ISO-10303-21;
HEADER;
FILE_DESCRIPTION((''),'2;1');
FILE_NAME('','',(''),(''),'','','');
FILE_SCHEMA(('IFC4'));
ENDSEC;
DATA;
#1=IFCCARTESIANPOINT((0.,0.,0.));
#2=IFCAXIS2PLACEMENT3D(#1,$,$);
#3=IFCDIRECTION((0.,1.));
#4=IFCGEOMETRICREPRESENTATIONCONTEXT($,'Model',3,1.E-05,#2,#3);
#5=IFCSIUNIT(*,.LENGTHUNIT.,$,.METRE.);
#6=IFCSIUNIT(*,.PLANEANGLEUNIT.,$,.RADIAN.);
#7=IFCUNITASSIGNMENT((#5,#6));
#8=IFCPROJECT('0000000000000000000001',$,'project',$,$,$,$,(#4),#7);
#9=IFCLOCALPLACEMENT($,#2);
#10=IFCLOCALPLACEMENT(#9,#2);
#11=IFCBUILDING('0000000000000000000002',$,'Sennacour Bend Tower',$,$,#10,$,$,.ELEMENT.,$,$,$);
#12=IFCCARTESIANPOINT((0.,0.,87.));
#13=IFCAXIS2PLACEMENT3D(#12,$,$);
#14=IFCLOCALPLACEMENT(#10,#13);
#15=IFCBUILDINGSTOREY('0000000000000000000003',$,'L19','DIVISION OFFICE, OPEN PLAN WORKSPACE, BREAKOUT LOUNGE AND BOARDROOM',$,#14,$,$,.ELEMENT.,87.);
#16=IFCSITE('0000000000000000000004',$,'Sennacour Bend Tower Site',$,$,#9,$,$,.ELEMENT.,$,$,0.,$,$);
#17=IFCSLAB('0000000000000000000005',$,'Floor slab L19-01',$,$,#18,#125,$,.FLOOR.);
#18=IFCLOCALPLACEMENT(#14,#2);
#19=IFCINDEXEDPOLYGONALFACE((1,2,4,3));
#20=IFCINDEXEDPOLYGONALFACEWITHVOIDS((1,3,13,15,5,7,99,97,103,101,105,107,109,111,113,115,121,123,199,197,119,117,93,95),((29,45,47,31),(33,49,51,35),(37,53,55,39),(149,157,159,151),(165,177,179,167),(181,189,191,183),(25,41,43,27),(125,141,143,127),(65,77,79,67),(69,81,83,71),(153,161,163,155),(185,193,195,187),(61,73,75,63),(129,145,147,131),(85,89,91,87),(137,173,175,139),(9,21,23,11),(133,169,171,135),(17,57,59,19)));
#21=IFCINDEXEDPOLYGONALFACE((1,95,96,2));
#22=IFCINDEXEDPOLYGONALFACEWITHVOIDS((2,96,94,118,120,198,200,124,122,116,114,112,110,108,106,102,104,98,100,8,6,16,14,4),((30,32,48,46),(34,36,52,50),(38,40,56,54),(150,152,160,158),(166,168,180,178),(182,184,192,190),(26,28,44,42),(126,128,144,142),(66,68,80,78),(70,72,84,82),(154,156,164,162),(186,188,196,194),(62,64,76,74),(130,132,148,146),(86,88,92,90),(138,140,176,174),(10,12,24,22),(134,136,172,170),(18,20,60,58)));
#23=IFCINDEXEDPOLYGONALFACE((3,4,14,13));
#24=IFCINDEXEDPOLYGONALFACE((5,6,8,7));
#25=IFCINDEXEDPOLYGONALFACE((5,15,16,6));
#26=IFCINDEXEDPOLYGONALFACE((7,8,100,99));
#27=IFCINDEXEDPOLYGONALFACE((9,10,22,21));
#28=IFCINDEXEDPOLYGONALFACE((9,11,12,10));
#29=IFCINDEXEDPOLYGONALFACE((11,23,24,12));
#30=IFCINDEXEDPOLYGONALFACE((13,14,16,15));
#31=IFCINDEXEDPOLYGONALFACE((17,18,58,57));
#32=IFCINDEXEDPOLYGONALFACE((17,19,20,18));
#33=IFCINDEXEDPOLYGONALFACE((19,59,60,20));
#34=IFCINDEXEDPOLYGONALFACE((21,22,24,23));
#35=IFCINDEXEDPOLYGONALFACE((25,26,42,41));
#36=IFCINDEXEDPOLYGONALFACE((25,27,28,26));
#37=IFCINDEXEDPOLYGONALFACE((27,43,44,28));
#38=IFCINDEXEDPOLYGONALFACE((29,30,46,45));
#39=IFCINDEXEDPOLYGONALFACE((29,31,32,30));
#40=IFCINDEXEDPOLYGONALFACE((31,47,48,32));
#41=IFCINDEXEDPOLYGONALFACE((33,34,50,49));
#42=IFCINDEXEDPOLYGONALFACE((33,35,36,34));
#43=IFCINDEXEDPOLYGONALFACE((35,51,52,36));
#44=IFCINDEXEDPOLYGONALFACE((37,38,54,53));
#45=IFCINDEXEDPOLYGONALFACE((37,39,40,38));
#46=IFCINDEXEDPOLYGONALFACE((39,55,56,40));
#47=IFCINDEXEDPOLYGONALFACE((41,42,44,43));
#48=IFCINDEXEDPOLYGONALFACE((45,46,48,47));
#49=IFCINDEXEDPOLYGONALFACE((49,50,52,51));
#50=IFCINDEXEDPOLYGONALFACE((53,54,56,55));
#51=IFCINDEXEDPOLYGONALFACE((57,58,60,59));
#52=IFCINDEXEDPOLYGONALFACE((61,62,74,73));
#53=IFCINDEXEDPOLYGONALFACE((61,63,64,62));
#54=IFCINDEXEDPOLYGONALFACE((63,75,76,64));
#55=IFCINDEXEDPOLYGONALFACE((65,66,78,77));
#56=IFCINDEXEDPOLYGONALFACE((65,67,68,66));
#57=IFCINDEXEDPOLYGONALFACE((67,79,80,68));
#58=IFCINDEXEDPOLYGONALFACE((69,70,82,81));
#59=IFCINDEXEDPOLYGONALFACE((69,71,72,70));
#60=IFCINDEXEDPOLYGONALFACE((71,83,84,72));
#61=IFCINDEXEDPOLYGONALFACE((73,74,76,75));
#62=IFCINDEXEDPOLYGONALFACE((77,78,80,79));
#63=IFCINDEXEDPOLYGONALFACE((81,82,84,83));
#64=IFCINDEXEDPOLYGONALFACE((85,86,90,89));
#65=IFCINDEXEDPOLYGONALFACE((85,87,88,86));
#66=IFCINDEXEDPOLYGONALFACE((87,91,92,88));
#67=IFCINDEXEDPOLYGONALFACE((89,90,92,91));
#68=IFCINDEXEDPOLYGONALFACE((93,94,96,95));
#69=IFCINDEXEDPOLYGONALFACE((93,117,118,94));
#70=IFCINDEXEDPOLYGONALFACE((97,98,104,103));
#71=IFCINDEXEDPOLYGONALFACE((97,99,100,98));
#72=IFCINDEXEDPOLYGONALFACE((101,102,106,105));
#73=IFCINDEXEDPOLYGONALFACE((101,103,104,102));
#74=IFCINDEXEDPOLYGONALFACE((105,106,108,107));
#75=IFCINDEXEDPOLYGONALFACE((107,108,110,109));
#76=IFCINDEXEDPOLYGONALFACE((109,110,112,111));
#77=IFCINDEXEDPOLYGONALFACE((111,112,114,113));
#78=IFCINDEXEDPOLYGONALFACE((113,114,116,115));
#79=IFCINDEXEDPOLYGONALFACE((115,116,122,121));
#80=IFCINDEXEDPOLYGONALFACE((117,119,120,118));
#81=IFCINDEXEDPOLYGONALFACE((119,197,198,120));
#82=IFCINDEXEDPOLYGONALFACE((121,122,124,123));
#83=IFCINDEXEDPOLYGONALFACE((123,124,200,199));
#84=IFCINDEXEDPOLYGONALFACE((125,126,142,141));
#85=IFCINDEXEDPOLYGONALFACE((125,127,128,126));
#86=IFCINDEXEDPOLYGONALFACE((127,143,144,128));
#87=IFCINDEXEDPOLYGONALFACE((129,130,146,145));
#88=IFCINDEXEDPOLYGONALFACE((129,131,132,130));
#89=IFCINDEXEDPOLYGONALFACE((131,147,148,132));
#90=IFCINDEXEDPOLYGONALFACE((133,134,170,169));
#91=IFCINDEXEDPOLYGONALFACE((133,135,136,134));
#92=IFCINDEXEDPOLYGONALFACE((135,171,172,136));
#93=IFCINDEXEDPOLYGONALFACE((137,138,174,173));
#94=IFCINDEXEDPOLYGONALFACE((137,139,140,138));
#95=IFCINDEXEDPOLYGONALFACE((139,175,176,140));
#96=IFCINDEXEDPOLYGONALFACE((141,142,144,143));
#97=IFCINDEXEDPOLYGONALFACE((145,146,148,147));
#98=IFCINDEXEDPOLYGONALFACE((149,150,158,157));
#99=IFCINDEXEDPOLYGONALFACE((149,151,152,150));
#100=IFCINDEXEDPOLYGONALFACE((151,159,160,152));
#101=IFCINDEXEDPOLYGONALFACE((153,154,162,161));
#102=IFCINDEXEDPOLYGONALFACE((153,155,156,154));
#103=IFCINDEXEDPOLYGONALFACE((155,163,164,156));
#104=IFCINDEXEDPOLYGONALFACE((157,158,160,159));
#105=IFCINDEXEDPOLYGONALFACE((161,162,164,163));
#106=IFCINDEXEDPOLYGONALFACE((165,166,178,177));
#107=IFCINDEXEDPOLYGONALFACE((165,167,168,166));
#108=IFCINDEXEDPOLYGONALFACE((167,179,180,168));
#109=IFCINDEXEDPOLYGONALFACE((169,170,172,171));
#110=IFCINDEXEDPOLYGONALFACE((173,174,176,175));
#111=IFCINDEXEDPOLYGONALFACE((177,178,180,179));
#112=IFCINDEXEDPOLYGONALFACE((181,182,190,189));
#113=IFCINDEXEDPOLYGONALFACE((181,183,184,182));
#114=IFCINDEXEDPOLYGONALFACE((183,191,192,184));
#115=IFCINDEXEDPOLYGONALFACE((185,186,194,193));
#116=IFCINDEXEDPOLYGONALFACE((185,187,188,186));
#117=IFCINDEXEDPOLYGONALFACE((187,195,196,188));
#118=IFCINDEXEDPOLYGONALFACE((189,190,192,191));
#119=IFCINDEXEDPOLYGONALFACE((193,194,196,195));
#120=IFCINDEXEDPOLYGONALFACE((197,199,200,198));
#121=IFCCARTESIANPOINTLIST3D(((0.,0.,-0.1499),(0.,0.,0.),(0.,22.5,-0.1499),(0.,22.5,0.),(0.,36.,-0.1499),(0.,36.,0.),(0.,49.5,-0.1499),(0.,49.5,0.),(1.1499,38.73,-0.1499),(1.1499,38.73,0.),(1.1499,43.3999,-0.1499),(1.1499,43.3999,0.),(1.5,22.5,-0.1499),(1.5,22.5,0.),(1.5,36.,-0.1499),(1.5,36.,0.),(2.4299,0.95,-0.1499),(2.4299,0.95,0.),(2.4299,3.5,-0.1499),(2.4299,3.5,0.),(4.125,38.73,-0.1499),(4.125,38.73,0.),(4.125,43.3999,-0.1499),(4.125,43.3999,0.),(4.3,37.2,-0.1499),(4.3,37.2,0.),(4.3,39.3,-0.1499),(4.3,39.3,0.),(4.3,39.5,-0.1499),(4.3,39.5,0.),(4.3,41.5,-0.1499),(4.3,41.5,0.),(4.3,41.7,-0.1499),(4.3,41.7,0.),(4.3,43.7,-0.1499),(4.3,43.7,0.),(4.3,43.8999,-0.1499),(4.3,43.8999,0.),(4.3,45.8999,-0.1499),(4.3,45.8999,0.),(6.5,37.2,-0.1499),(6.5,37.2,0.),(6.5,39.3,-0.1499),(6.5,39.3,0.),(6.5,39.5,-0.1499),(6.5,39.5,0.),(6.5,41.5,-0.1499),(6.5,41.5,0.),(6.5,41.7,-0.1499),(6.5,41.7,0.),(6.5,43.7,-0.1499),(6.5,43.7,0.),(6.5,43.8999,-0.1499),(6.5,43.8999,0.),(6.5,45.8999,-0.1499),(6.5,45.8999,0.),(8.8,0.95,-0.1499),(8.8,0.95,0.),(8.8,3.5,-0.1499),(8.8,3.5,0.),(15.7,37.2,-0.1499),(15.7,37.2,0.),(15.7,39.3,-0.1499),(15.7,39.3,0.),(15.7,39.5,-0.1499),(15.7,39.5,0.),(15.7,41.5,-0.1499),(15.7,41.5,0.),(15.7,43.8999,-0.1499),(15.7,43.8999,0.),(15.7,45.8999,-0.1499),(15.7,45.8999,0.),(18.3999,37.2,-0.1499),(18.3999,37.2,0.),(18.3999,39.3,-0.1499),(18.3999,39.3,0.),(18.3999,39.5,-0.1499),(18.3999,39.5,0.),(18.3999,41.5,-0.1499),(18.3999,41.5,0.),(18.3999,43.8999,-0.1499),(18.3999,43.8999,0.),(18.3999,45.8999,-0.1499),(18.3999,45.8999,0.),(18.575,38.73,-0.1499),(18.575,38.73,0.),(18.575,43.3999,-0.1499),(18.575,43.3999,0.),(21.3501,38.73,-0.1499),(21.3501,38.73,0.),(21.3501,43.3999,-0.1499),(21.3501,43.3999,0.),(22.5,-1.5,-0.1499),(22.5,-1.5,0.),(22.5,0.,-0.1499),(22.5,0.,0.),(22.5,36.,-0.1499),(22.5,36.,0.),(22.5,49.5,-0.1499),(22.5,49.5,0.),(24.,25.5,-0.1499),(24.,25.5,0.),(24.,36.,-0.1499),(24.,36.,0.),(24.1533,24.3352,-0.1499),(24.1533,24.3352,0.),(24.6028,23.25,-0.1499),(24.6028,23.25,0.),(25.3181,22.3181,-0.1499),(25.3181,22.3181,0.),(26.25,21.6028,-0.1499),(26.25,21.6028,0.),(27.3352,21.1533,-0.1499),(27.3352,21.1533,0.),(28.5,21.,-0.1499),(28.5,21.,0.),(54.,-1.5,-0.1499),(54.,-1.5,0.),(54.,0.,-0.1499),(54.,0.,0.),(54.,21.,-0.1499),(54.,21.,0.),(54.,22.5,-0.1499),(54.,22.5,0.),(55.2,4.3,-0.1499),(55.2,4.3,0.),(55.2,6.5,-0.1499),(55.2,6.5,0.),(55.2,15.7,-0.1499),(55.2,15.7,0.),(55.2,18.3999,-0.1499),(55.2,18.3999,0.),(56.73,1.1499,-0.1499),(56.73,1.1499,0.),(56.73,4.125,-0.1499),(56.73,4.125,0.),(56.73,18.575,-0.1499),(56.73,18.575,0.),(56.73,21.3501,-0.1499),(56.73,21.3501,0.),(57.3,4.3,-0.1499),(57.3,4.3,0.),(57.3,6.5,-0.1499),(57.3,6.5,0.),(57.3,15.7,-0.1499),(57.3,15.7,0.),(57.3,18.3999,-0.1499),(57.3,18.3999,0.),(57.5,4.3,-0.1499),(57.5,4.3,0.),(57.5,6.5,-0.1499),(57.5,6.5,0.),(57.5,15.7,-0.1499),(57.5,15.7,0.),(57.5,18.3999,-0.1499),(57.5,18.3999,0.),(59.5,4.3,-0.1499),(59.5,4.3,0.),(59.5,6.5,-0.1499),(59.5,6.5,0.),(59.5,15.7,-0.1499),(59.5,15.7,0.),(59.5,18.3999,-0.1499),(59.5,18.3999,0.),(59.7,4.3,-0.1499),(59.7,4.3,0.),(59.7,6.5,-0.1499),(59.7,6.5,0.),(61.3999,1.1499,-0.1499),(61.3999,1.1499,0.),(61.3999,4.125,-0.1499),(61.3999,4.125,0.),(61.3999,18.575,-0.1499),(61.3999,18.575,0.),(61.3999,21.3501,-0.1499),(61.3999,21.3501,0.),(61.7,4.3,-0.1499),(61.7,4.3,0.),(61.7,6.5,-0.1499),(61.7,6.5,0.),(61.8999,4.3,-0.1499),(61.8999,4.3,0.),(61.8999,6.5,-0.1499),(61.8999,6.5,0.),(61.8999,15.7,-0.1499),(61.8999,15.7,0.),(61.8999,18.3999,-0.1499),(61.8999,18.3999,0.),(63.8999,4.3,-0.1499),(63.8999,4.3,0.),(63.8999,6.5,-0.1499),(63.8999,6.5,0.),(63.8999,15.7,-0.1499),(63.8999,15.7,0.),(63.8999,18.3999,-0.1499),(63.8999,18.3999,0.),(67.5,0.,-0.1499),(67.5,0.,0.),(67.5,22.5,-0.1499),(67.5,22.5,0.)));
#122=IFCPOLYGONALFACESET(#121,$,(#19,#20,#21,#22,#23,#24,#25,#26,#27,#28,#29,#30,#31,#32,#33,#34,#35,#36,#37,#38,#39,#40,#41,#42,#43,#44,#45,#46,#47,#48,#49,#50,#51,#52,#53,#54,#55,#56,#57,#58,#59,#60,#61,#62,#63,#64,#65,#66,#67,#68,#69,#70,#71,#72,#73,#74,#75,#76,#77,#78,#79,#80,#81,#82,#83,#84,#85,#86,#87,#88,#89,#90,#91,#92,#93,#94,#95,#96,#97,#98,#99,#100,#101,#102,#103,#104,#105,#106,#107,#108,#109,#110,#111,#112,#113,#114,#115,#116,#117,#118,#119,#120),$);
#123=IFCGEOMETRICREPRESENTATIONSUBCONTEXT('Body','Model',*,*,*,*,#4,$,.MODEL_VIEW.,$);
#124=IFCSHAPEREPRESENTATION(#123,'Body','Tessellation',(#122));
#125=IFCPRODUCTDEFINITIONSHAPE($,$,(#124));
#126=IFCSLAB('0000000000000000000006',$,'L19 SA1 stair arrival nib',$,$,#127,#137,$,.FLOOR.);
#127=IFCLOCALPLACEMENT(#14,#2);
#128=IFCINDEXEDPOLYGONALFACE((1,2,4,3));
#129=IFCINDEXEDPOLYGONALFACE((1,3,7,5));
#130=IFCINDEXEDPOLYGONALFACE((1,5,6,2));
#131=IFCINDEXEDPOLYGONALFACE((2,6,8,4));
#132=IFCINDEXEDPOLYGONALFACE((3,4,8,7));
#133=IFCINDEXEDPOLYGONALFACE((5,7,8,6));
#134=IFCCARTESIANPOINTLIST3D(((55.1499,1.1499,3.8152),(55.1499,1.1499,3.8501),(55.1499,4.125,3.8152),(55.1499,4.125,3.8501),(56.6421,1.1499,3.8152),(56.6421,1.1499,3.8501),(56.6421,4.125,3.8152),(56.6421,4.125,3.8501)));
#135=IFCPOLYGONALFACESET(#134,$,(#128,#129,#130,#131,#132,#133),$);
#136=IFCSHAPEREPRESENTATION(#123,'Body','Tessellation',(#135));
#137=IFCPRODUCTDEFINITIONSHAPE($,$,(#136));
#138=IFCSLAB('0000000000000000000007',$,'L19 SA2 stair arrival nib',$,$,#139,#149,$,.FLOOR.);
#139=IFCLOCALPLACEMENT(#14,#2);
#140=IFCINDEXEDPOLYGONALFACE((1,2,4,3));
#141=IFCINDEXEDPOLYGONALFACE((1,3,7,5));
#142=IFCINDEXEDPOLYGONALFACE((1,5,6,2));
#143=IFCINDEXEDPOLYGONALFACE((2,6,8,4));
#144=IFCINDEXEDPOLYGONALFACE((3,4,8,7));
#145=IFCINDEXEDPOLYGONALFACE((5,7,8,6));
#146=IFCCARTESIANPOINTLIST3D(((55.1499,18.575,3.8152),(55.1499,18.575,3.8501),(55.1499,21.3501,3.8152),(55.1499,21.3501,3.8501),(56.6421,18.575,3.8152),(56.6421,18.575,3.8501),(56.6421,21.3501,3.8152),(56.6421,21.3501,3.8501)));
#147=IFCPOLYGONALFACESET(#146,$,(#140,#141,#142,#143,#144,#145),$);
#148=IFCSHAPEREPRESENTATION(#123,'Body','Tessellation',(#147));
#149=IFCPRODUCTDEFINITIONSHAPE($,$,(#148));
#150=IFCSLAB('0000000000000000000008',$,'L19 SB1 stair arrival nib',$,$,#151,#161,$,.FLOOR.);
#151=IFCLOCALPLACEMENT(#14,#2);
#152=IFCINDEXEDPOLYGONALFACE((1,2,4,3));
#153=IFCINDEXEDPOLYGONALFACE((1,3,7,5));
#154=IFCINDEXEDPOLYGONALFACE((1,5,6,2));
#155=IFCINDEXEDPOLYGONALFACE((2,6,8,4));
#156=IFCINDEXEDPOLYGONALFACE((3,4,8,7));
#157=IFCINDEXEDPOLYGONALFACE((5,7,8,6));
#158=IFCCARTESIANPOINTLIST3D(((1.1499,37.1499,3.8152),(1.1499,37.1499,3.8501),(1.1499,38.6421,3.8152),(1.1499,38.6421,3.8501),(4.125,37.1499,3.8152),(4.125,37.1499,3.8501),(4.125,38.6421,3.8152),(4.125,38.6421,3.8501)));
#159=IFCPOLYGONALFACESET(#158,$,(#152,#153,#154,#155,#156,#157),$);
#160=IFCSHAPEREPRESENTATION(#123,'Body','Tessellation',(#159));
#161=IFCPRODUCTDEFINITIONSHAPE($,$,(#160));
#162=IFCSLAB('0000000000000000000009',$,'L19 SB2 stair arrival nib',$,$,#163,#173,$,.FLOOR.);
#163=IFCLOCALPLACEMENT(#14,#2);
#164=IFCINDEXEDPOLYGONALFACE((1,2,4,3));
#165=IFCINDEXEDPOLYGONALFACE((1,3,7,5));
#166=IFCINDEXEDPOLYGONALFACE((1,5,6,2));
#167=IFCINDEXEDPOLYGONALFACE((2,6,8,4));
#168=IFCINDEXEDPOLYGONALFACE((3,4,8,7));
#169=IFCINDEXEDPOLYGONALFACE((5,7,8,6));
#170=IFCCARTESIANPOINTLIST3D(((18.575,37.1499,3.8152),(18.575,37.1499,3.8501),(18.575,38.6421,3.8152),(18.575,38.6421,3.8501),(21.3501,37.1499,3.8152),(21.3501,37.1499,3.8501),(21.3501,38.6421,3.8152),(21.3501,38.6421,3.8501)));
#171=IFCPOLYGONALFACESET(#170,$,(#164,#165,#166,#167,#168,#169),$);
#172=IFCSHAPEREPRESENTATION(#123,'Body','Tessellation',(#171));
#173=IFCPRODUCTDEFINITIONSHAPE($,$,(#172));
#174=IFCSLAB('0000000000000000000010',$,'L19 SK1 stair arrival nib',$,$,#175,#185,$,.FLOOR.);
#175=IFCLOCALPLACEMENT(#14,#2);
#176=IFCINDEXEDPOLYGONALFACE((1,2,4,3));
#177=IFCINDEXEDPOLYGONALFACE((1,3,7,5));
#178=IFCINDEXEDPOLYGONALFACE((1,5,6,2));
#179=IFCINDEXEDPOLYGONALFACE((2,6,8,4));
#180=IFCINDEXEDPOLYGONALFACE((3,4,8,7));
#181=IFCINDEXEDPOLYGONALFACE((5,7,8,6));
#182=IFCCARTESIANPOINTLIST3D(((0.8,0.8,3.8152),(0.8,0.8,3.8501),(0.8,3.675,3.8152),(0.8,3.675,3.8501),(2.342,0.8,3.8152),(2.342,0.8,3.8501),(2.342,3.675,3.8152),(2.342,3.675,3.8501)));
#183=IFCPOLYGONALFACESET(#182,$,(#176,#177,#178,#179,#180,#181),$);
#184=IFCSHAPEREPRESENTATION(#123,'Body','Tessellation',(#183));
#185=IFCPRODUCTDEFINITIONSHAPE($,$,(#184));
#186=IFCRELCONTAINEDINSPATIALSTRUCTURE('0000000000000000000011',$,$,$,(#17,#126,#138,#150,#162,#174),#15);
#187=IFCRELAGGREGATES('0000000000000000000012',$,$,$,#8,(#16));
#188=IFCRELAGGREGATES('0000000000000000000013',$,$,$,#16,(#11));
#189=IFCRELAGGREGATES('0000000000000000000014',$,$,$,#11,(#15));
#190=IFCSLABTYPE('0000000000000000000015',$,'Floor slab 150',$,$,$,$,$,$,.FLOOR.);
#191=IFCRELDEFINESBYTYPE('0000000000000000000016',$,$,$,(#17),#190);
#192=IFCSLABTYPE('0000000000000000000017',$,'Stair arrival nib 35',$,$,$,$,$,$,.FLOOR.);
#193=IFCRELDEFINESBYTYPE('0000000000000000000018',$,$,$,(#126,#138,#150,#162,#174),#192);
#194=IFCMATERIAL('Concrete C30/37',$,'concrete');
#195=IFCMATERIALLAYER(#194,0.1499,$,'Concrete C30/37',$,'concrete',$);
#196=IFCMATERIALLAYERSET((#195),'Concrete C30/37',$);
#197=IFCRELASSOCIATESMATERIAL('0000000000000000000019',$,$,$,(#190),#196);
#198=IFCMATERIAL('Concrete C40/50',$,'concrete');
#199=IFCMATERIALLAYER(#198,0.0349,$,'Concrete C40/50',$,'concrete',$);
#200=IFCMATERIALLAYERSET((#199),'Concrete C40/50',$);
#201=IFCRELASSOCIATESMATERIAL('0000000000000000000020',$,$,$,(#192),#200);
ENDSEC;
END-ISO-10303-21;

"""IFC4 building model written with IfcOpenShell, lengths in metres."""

from ifc_helpers import new_model, si_unit, direction, frame, origin, place, context, subcontext, project, spatial, polyline, outline, extrude, material, layer, layer_set, type_object, element, save


model = new_model("IFC4")

# Units and contexts
model_context = context("Model", 3, precision=1e-05, world=origin(), true_north=direction((0.0, 1.0)))
body_context = subcontext(model_context, "Body", "Model", "MODEL_VIEW")
ifc_project = project(units=[si_unit("LENGTHUNIT", "METRE"), si_unit("PLANEANGLEUNIT", "RADIAN")], contexts=[model_context])

# Site, building, storey
site_placement = place(None, origin())
site = spatial("IfcSite", under=ifc_project, at=site_placement, Name="Sennacour Bend Tower Site", CompositionType="ELEMENT", RefElevation=0.0)
building_placement = place(site_placement, origin())
building = spatial("IfcBuilding", under=site, at=building_placement, Name="Sennacour Bend Tower", CompositionType="ELEMENT")
storey_placement = place(building_placement, frame((0.0, 0.0, 87.0)))
storey = spatial("IfcBuildingStorey", under=building, at=storey_placement, Name="L19", Description="DIVISION OFFICE, OPEN PLAN WORKSPACE, BREAKOUT LOUNGE AND BOARDROOM", CompositionType="ELEMENT", Elevation=87.0)

# Slabs
ifc_material_1 = material(Name="Concrete C30/37", Category="concrete")
ifc_layer_1 = layer(ifc_material_1, 0.1499, Name="Concrete C30/37", Category="concrete")
ifc_layer_set_1 = layer_set([ifc_layer_1], Name="Concrete C30/37")
slab_type_1 = type_object("IfcSlabType", Name="Floor slab 150", PredefinedType="FLOOR", material=ifc_layer_set_1)
slab_1_placement = place(storey_placement, frame((0.0, 0.0, -0.1499)))
element("IfcSlab", 1, at=slab_1_placement, inside=storey, type_object=slab_type_1, Name="Floor slab L19-01", PredefinedType="FLOOR", context=body_context, shape_type="SweptSolid", body=[
    extrude(outline(polyline([(22.5, 0.0), (0.0, 0.0), (0.0, 22.5), (1.5, 22.5), (1.5, 36.0), (0.0, 36.0), (0.0, 49.5), (22.5, 49.5), (22.5, 36.0), (24.0, 36.0), (24.0, 25.5), (24.1533, 24.3352), (24.6028, 23.25), (25.3181, 22.3181), (26.25, 21.6028), (27.3352, 21.1533), (28.5, 21.0), (54.0, 21.0), (54.0, 22.5), (67.5, 22.5), (67.5, 0.0), (54.0, 0.0), (54.0, -1.5), (22.5, -1.5), (22.5, 0.0)]), holes=[polyline([(8.8, 0.95), (8.8, 3.5), (2.4299, 3.5), (2.4299, 0.95), (8.8, 0.95)]), polyline([(6.5, 37.2), (6.5, 39.3), (4.3, 39.3), (4.3, 37.2), (6.5, 37.2)]), polyline([(18.3999, 37.2), (18.3999, 39.3), (15.7, 39.3), (15.7, 37.2), (18.3999, 37.2)]), polyline([(6.5, 39.5), (6.5, 41.5), (4.3, 41.5), (4.3, 39.5), (6.5, 39.5)]), polyline([(18.3999, 39.5), (18.3999, 41.5), (15.7, 41.5), (15.7, 39.5), (18.3999, 39.5)]), polyline([(4.125, 38.73), (4.125, 43.3999), (1.1499, 43.3999), (1.1499, 38.73), (4.125, 38.73)]), polyline([(21.3501, 38.73), (21.3501, 43.3999), (18.575, 43.3999), (18.575, 38.73), (21.3501, 38.73)]), polyline([(4.3, 41.7), (6.5, 41.7), (6.5, 43.7), (4.3, 43.7), (4.3, 41.7)]), polyline([(4.3, 43.8999), (6.5, 43.8999), (6.5, 45.8999), (4.3, 45.8999), (4.3, 43.8999)]), polyline([(18.3999, 43.8999), (18.3999, 45.8999), (15.7, 45.8999), (15.7, 43.8999), (18.3999, 43.8999)]), polyline([(61.3999, 1.1499), (61.3999, 4.125), (56.73, 4.125), (56.73, 1.1499), (61.3999, 1.1499)]), polyline([(57.3, 4.3), (57.3, 6.5), (55.2, 6.5), (55.2, 4.3), (57.3, 4.3)]), polyline([(57.5, 4.3), (59.5, 4.3), (59.5, 6.5), (57.5, 6.5), (57.5, 4.3)]), polyline([(59.7, 4.3), (61.7, 4.3), (61.7, 6.5), (59.7, 6.5), (59.7, 4.3)]), polyline([(63.8999, 4.3), (63.8999, 6.5), (61.8999, 6.5), (61.8999, 4.3), (63.8999, 4.3)]), polyline([(57.3, 15.7), (57.3, 18.3999), (55.2, 18.3999), (55.2, 15.7), (57.3, 15.7)]), polyline([(59.5, 15.7), (59.5, 18.3999), (57.5, 18.3999), (57.5, 15.7), (59.5, 15.7)]), polyline([(61.8999, 15.7), (63.8999, 15.7), (63.8999, 18.3999), (61.8999, 18.3999), (61.8999, 15.7)]), polyline([(56.73, 18.575), (61.3999, 18.575), (61.3999, 21.3501), (56.73, 21.3501), (56.73, 18.575)])]), origin(), (0.0, 0.0, 1.0), 0.1499),
])
ifc_material_2 = material(Name="Concrete C40/50", Category="concrete")
ifc_layer_2 = layer(ifc_material_2, 0.0349, Name="Concrete C40/50", Category="concrete")
ifc_layer_set_2 = layer_set([ifc_layer_2], Name="Concrete C40/50")
slab_type_2 = type_object("IfcSlabType", Name="Stair arrival nib 35", PredefinedType="FLOOR", material=ifc_layer_set_2)
slab_2_placement = place(storey_placement, frame((0.0, 0.0, 3.8152)))
element("IfcSlab", 2, at=slab_2_placement, inside=storey, type_object=slab_type_2, Name="L19 SA1 stair arrival nib", PredefinedType="FLOOR", context=body_context, shape_type="SweptSolid", body=[
    extrude(outline(polyline([(56.6421, 4.125), (55.1499, 4.125), (55.1499, 1.1499), (56.6421, 1.1499), (56.6421, 4.125)])), origin(), (0.0, 0.0, 1.0), 0.0349),
])
slab_3_placement = place(storey_placement, frame((0.0, 0.0, 3.8152)))
element("IfcSlab", 3, at=slab_3_placement, inside=storey, type_object=slab_type_2, Name="L19 SA2 stair arrival nib", PredefinedType="FLOOR", context=body_context, shape_type="SweptSolid", body=[
    extrude(outline(polyline([(56.6421, 21.3501), (55.1499, 21.3501), (55.1499, 18.575), (56.6421, 18.575), (56.6421, 21.3501)])), origin(), (0.0, 0.0, 1.0), 0.0349),
])
slab_4_placement = place(storey_placement, frame((0.0, 0.0, 3.8152)))
element("IfcSlab", 4, at=slab_4_placement, inside=storey, type_object=slab_type_2, Name="L19 SB1 stair arrival nib", PredefinedType="FLOOR", context=body_context, shape_type="SweptSolid", body=[
    extrude(outline(polyline([(1.1499, 38.6421), (1.1499, 37.1499), (4.125, 37.1499), (4.125, 38.6421), (1.1499, 38.6421)])), origin(), (0.0, 0.0, 1.0), 0.0349),
])
slab_5_placement = place(storey_placement, frame((0.0, 0.0, 3.8152)))
element("IfcSlab", 5, at=slab_5_placement, inside=storey, type_object=slab_type_2, Name="L19 SB2 stair arrival nib", PredefinedType="FLOOR", context=body_context, shape_type="SweptSolid", body=[
    extrude(outline(polyline([(18.575, 38.6421), (18.575, 37.1499), (21.3501, 37.1499), (21.3501, 38.6421), (18.575, 38.6421)])), origin(), (0.0, 0.0, 1.0), 0.0349),
])
slab_6_placement = place(storey_placement, frame((0.0, 0.0, 3.8152)))
element("IfcSlab", 6, at=slab_6_placement, inside=storey, type_object=slab_type_2, Name="L19 SK1 stair arrival nib", PredefinedType="FLOOR", context=body_context, shape_type="SweptSolid", body=[
    extrude(outline(polyline([(2.342, 3.675), (0.8, 3.675), (0.8, 0.8), (2.342, 0.8), (2.342, 3.675)])), origin(), (0.0, 0.0, 1.0), 0.0349),
])

save(model, "model.ifc")
